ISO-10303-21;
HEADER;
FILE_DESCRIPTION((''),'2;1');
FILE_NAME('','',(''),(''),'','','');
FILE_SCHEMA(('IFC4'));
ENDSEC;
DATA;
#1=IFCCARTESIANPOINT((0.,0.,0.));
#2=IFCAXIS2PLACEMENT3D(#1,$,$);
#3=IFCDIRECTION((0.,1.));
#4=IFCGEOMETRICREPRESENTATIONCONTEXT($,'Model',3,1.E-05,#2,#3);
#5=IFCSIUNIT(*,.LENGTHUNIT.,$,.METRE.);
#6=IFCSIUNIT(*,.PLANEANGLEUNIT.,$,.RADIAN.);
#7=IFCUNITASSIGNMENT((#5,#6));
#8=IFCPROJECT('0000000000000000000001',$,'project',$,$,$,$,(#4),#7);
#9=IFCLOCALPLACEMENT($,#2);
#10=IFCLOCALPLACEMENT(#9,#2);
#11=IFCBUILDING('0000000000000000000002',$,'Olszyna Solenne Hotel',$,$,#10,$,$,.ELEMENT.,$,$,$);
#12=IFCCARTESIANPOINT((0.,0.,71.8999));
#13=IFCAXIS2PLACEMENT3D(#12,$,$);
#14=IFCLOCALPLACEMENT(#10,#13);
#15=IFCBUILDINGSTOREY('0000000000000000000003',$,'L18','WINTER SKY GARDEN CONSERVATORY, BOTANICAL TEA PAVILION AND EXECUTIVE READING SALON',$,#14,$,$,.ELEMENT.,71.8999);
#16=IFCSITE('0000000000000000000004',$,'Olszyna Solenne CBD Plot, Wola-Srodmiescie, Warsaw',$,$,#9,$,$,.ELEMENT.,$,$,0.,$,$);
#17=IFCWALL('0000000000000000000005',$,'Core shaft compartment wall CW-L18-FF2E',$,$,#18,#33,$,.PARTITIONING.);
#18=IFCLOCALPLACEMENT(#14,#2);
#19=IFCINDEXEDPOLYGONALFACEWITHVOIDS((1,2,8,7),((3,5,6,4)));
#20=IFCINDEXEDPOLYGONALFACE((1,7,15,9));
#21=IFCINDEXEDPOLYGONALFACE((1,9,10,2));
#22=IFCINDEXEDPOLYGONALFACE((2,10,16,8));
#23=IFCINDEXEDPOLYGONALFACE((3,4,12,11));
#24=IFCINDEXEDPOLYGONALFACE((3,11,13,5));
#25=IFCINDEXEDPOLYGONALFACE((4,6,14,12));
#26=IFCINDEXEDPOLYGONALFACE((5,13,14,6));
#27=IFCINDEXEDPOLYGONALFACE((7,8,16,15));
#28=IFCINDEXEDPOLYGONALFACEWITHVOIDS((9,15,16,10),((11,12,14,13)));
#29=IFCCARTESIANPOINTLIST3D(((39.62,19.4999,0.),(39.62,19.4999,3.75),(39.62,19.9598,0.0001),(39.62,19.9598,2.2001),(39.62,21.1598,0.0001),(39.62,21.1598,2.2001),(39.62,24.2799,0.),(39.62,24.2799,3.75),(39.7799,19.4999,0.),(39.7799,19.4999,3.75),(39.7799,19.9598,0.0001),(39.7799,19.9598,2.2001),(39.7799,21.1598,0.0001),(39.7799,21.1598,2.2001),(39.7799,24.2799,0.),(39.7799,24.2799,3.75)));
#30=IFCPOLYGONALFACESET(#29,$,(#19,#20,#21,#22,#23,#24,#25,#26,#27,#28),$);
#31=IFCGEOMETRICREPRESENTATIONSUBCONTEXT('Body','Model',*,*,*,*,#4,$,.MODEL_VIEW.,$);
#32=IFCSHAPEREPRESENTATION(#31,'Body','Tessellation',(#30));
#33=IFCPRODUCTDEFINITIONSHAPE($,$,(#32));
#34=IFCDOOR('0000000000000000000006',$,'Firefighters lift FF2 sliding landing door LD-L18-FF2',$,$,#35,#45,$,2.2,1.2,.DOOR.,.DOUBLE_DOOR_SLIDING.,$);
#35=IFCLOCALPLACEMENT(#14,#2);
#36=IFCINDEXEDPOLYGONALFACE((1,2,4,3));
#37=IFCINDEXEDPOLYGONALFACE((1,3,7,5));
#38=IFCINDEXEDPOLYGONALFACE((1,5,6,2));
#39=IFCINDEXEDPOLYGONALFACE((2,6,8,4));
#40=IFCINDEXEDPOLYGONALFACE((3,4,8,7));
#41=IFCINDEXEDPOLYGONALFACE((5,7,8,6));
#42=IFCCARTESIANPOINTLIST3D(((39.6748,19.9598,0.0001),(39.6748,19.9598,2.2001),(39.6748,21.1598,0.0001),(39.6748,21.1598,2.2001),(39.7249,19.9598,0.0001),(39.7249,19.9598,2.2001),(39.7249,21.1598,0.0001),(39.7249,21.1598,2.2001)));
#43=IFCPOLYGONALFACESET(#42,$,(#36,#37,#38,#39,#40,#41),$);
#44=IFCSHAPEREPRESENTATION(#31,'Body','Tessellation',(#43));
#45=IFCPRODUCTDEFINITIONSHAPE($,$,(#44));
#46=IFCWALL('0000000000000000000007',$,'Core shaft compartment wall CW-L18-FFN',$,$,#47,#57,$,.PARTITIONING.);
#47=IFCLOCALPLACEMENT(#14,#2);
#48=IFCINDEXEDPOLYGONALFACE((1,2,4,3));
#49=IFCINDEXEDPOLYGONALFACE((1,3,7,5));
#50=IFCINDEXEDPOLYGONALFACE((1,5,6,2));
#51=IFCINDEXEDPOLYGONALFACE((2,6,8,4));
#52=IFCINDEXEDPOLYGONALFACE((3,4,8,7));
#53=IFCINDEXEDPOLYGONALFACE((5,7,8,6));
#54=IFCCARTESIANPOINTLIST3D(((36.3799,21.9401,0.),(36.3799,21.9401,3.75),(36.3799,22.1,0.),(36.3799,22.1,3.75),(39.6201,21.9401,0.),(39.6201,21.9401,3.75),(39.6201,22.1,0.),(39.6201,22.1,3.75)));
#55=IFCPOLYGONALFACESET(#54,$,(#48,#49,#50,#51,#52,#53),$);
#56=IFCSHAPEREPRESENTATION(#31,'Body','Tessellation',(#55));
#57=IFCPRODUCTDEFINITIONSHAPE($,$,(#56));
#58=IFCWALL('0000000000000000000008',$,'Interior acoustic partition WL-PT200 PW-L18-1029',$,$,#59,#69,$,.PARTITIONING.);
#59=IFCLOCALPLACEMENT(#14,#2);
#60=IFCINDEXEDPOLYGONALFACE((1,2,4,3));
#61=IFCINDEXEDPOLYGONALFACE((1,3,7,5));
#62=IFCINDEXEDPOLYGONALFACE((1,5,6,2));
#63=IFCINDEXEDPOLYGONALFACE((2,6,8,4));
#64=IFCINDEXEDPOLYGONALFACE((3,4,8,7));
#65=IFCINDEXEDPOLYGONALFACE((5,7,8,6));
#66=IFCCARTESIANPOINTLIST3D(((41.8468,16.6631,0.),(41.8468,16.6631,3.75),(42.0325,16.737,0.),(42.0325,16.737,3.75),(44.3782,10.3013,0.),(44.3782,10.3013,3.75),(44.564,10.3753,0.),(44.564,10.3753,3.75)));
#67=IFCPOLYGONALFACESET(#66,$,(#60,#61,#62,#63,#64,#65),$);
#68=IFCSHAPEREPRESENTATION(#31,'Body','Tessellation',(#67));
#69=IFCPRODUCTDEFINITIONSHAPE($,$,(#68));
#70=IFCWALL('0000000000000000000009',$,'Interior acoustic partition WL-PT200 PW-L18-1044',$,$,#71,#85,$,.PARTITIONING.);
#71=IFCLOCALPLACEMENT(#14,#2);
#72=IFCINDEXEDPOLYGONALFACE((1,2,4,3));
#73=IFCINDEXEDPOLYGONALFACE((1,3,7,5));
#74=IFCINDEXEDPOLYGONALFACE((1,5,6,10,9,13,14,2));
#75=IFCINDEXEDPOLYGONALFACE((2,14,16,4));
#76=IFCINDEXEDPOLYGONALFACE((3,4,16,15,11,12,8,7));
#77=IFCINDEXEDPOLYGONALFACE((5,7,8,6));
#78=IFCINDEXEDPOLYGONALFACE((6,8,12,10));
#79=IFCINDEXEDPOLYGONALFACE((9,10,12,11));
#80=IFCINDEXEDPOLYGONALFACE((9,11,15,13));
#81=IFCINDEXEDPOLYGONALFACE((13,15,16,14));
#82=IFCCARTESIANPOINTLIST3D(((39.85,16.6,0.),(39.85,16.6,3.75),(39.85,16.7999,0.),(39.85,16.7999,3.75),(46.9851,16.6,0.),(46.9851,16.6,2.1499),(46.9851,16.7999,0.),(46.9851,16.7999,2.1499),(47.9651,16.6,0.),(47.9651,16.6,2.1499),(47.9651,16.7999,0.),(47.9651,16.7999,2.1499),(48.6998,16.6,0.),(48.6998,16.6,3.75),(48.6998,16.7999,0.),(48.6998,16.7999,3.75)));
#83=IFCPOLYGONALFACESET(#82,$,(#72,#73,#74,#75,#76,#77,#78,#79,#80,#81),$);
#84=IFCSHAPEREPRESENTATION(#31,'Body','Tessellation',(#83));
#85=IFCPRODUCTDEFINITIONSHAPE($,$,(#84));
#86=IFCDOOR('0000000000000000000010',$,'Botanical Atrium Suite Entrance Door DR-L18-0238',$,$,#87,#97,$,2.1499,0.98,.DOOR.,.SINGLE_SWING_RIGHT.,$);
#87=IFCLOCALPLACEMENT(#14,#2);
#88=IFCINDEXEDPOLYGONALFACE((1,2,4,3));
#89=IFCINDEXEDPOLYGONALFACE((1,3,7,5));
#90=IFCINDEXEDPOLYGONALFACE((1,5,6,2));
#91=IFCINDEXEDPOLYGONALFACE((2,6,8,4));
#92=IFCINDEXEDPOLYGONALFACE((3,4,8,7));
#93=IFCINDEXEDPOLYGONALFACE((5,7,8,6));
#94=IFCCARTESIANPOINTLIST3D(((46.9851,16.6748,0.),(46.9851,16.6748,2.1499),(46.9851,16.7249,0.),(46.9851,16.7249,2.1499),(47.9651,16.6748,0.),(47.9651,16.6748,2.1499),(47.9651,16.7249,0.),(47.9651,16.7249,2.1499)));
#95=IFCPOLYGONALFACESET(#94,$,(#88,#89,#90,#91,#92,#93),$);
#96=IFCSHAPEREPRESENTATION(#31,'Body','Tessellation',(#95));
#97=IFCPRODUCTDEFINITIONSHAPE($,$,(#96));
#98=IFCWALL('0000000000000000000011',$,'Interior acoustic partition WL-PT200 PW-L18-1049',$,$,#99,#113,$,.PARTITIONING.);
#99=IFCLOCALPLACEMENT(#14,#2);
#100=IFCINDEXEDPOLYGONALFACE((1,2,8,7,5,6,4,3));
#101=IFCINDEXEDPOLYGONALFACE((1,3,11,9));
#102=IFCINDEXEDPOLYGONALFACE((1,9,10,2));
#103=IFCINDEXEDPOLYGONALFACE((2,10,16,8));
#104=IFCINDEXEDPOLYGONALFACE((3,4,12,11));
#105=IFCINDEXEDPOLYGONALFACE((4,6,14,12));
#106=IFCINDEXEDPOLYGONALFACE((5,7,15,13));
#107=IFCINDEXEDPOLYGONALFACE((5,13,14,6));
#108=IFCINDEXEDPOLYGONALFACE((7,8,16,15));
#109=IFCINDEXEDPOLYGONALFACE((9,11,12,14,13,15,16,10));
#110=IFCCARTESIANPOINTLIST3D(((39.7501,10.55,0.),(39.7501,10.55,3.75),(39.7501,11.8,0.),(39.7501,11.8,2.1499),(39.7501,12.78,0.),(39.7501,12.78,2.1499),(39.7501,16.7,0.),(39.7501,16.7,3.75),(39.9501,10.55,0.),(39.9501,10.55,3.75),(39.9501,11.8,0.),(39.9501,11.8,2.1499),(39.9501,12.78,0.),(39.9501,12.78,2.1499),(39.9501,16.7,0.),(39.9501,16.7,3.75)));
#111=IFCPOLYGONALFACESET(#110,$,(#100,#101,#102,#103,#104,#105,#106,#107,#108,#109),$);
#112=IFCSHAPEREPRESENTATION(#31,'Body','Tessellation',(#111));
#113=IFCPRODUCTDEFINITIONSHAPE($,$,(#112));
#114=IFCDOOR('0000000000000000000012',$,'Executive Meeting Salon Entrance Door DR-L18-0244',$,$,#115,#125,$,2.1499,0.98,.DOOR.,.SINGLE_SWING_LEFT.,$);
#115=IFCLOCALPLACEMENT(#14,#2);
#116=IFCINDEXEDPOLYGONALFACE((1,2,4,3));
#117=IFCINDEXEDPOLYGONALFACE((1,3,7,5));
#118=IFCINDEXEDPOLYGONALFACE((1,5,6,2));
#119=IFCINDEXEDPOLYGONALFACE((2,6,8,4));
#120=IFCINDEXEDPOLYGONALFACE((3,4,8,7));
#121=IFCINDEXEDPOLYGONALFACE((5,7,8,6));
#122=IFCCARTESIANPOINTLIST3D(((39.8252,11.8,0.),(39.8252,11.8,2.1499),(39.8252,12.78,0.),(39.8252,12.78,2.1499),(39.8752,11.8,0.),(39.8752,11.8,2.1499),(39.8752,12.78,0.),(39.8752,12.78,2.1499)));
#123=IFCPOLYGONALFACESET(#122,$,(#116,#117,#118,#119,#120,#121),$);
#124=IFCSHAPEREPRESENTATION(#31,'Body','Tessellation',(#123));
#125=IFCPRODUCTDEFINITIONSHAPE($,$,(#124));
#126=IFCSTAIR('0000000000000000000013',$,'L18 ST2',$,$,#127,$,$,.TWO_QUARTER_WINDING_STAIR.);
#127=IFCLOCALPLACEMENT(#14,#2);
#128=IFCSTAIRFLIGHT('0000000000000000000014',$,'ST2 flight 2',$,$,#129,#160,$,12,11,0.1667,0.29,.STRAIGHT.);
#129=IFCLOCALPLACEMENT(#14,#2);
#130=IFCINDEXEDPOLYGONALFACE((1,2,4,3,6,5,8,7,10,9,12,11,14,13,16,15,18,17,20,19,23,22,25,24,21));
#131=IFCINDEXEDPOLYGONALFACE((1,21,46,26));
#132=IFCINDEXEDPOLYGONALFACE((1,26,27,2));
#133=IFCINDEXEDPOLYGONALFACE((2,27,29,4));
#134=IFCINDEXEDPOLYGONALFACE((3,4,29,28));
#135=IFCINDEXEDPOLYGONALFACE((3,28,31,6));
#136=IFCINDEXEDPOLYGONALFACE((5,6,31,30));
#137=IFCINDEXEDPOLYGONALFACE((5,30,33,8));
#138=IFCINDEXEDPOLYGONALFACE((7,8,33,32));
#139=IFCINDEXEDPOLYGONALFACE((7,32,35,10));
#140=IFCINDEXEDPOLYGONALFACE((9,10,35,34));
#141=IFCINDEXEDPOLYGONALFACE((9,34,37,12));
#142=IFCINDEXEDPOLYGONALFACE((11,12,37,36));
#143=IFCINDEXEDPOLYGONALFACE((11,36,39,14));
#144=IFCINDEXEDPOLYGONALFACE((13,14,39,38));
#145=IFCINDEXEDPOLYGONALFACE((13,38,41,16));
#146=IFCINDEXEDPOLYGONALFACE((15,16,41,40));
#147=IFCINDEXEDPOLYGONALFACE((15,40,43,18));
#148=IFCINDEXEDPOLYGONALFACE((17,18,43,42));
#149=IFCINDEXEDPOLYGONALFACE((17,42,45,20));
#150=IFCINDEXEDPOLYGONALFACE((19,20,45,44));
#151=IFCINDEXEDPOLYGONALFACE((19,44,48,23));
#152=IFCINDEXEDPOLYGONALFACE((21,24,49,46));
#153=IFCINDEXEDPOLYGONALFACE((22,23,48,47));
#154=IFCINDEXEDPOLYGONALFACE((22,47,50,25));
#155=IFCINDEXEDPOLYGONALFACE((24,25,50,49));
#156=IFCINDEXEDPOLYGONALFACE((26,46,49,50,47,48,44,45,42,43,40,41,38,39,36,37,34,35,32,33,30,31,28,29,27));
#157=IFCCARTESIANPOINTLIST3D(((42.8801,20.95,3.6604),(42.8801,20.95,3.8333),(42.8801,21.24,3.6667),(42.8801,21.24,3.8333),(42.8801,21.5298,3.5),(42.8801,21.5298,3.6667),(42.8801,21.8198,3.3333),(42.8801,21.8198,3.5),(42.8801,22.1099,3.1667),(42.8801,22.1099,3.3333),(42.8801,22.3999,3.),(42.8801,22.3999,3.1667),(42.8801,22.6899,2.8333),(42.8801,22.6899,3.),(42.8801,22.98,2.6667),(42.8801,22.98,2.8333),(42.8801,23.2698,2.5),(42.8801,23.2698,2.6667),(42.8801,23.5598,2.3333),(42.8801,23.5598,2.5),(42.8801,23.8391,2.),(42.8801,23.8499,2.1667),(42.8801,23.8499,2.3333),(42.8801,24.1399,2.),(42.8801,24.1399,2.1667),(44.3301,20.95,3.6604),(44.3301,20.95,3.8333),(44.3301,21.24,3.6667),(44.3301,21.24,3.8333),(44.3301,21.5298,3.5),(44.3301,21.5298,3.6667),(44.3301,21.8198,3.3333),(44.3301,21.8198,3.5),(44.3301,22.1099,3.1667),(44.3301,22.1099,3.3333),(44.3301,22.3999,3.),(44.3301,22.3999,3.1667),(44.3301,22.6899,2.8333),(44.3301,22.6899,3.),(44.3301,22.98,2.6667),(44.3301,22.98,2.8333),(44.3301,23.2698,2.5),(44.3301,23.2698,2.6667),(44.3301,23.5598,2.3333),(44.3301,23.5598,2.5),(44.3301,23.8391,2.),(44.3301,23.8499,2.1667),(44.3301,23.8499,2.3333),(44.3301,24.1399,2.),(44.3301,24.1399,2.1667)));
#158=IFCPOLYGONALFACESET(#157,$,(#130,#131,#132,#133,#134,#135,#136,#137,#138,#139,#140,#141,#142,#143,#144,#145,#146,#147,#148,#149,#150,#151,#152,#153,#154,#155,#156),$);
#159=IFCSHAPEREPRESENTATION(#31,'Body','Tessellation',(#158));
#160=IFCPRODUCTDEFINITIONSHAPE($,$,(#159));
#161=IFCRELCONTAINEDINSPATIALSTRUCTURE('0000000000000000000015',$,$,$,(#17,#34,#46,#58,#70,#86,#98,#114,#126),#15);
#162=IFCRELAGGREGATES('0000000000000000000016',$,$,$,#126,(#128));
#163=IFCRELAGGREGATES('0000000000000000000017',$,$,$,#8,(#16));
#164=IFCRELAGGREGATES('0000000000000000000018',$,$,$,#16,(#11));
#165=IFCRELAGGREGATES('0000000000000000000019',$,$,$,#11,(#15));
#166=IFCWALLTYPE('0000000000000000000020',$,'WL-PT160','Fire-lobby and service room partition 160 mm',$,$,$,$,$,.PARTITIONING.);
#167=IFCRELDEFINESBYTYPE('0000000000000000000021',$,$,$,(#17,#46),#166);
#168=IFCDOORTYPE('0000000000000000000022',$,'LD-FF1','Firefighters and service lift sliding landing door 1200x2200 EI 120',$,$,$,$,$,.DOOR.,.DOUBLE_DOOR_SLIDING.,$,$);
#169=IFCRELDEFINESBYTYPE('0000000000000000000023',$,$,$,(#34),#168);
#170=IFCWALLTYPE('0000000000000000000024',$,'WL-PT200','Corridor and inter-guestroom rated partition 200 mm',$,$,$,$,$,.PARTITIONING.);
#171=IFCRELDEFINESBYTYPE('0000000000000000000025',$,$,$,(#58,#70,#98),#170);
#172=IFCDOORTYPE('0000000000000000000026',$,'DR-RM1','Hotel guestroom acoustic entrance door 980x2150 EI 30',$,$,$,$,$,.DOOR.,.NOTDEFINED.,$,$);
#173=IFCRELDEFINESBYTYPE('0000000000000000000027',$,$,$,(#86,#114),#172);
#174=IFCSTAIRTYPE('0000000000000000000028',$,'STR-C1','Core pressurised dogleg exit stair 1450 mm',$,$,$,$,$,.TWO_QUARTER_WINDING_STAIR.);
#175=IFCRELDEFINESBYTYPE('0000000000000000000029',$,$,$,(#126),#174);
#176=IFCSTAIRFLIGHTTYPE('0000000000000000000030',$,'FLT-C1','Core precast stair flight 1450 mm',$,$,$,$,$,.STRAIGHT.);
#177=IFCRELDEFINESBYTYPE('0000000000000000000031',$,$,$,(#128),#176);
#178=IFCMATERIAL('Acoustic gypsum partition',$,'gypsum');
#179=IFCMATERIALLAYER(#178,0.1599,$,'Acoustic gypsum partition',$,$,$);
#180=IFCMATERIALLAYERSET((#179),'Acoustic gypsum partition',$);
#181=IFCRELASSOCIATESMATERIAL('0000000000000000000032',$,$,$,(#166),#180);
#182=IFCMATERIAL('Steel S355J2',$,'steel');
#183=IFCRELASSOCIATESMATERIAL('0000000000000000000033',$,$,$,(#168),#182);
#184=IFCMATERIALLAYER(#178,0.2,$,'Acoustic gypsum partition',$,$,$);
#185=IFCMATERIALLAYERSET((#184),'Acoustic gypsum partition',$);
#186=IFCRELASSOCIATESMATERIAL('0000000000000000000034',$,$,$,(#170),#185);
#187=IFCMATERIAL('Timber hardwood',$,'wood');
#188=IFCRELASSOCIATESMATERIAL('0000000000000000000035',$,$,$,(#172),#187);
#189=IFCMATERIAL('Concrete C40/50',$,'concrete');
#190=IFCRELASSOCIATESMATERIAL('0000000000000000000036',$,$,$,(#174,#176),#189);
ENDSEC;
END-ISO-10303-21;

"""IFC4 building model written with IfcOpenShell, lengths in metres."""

from ifc_helpers import new_model, si_unit, direction, frame, frame_2d, origin, place, context, subcontext, project, spatial, polyline, rectangle, outline, extrude, source, transform, mapped, material, layer, layer_set, type_object, type_shapes, element, fill, aggregate, save


model = new_model("IFC4")

# Units and contexts
model_context = context("Model", 3, precision=1e-05, world=origin(), true_north=direction((0.0, 1.0)))
body_context = subcontext(model_context, "Body", "Model", "MODEL_VIEW")
ifc_project = project(units=[si_unit("LENGTHUNIT", "METRE"), si_unit("PLANEANGLEUNIT", "RADIAN")], contexts=[model_context])

# Site, building, storey
site_placement = place(None, origin())
site = spatial("IfcSite", under=ifc_project, at=site_placement, Name="Olszyna Solenne CBD Plot, Wola-Srodmiescie, Warsaw", CompositionType="ELEMENT", RefElevation=0.0)
building_placement = place(site_placement, origin())
building = spatial("IfcBuilding", under=site, at=building_placement, Name="Olszyna Solenne Hotel", CompositionType="ELEMENT")
storey_placement = place(building_placement, frame((0.0, 0.0, 71.8999)))
storey = spatial("IfcBuildingStorey", under=building, at=storey_placement, Name="L18", Description="WINTER SKY GARDEN CONSERVATORY, BOTANICAL TEA PAVILION AND EXECUTIVE READING SALON", CompositionType="ELEMENT", Elevation=71.8999)

# Shared definitions
ifc_material_1 = material(Name="Steel S355J2", Category="steel")

# Shared definitions
ifc_material_2 = material(Name="Acoustic gypsum partition", Category="gypsum")

# Shared definitions
ifc_material_3 = material(Name="Timber hardwood", Category="wood")

# Shared definitions
ifc_layer_1 = layer(ifc_material_2, 0.1599, Name="Acoustic gypsum partition")
ifc_layer_set_1 = layer_set([ifc_layer_1], Name="Acoustic gypsum partition")
wall_type_1 = type_object("IfcWallType", Name="WL-PT160", Description="Fire-lobby and service room partition 160 mm", PredefinedType="PARTITIONING", material=ifc_layer_set_1)
door_type_1 = type_object("IfcDoorType", Name="LD-FF1", Description="Firefighters and service lift sliding landing door 1200x2200 EI 120", OperationType="DOUBLE_DOOR_SLIDING", PredefinedType="DOOR", material=ifc_material_1)
shared_shape_1 = source(origin(), body_context, "Body", "SweptSolid", [
    extrude(rectangle(XDim=1.2, YDim=2.2, at=frame_2d((0.6001, 1.1001))), frame((0.0, 0.0249, 0.0), z_axis=(0.0, -1.0, 0.0), x_axis=(1.0, 0.0, 0.0)), (0.0, 0.0, 1.0), 0.05),
])
type_shapes(door_type_1, [shared_shape_1])

# Wall, opening, door
wall_1_placement = place(storey_placement, frame((39.7, 24.28, 0.0), z_axis=(0.0, 0.0, 1.0), x_axis=(0.0, -1.0, 0.0)))
wall_1 = element("IfcWall", 1, at=wall_1_placement, inside=storey, type_object=wall_type_1, Name="Core shaft compartment wall CW-L18-FF2E", PredefinedType="PARTITIONING", context=body_context, shape_type="SweptSolid", body=[
    extrude(rectangle(XDim=4.78, YDim=0.1599, at=frame_2d((2.3901, 0.0))), origin(), (0.0, 0.0, 1.0), 3.75),
])
opening_1_placement = place(wall_1_placement, frame((3.1201, 0.0, 0.0)))
opening_1 = element("IfcOpeningElement", 2, at=opening_1_placement, cuts=wall_1, PredefinedType="OPENING", context=body_context, shape_type="SweptSolid", body=[
    extrude(rectangle(XDim=1.2, YDim=2.2, at=frame_2d((0.6001, 1.1001))), frame((0.0, 0.0898, 0.0), z_axis=(0.0, -1.0, 0.0), x_axis=(1.0, 0.0, 0.0)), (0.0, 0.0, 1.0), 0.1799),
])
door_1_placement = place(opening_1_placement, origin())
door_1 = element("IfcDoor", 3, at=door_1_placement, inside=storey, type_object=door_type_1, Name="Firefighters lift FF2 sliding landing door LD-L18-FF2", OperationType="DOUBLE_DOOR_SLIDING", OverallHeight=2.2, OverallWidth=1.2, PredefinedType="DOOR", context=body_context, shape_type="MappedRepresentation", body=[
    mapped(shared_shape_1, transform((0.0, 0.0, 0.0), x_axis=(1.0, 0.0, 0.0), y_axis=(0.0, 1.0, 0.0), z_axis=(0.0, 0.0, 1.0), scale=1.0)),
])
fill(opening_1, door_1)

# Walls
wall_2_placement = place(storey_placement, frame((36.3799, 22.02, 0.0), z_axis=(0.0, 0.0, 1.0), x_axis=(1.0, 0.0, 0.0)))
element("IfcWall", 4, at=wall_2_placement, inside=storey, type_object=wall_type_1, Name="Core shaft compartment wall CW-L18-FFN", PredefinedType="PARTITIONING", context=body_context, shape_type="SweptSolid", body=[
    extrude(rectangle(XDim=3.2402, YDim=0.1599, at=frame_2d((1.6201, 0.0))), origin(), (0.0, 0.0, 1.0), 3.75),
])
ifc_layer_2 = layer(ifc_material_2, 0.2, Name="Acoustic gypsum partition")
ifc_layer_set_2 = layer_set([ifc_layer_2], Name="Acoustic gypsum partition")
wall_type_2 = type_object("IfcWallType", Name="WL-PT200", Description="Corridor and inter-guestroom rated partition 200 mm", PredefinedType="PARTITIONING", material=ifc_layer_set_2)
wall_3_placement = place(storey_placement, frame((41.9397, 16.7, 0.0), z_axis=(0.0, 0.0, 1.0), x_axis=(0.369724, -0.929142, 0.0)))
element("IfcWall", 5, at=wall_3_placement, inside=storey, type_object=wall_type_2, Name="Interior acoustic partition WL-PT200 PW-L18-1029", PredefinedType="PARTITIONING", context=body_context, shape_type="SweptSolid", body=[
    extrude(rectangle(XDim=6.8469, YDim=0.2, at=frame_2d((3.4233, 0.0))), origin(), (0.0, 0.0, 1.0), 3.75),
])

# Walls, openings, doors
wall_4_placement = place(storey_placement, frame((39.8501, 16.7, 0.0), z_axis=(0.0, 0.0, 1.0), x_axis=(1.0, 0.0, 0.0)))
wall_4 = element("IfcWall", 6, at=wall_4_placement, inside=storey, type_object=wall_type_2, Name="Interior acoustic partition WL-PT200 PW-L18-1044", PredefinedType="PARTITIONING", context=body_context, shape_type="SweptSolid", body=[
    extrude(rectangle(XDim=8.8499, YDim=0.2, at=frame_2d((4.4248, 0.0))), origin(), (0.0, 0.0, 1.0), 3.75),
])
opening_2_placement = place(wall_4_placement, frame((7.135, 0.0, 0.0)))
opening_2 = element("IfcOpeningElement", 7, at=opening_2_placement, cuts=wall_4, PredefinedType="OPENING", context=body_context, shape_type="SweptSolid", body=[
    extrude(rectangle(XDim=0.98, YDim=2.1499, at=frame_2d((0.49, 1.075))), frame((0.0, 0.1099, 0.0), z_axis=(0.0, -1.0, 0.0), x_axis=(1.0, 0.0, 0.0)), (0.0, 0.0, 1.0), 0.22),
])
door_type_2 = type_object("IfcDoorType", Name="DR-RM1", Description="Hotel guestroom acoustic entrance door 980x2150 EI 30", OperationType="NOTDEFINED", PredefinedType="DOOR", material=ifc_material_3)
shared_shape_2 = source(origin(), body_context, "Body", "SweptSolid", [
    extrude(rectangle(XDim=0.98, YDim=2.1499, at=frame_2d((0.49, 1.075))), frame((0.0, 0.0249, 0.0), z_axis=(0.0, -1.0, 0.0), x_axis=(1.0, 0.0, 0.0)), (0.0, 0.0, 1.0), 0.05),
])
type_shapes(door_type_2, [shared_shape_2])
door_2_placement = place(opening_2_placement, origin())
door_2 = element("IfcDoor", 8, at=door_2_placement, inside=storey, type_object=door_type_2, Name="Botanical Atrium Suite Entrance Door DR-L18-0238", OperationType="SINGLE_SWING_RIGHT", OverallHeight=2.1499, OverallWidth=0.98, PredefinedType="DOOR", context=body_context, shape_type="MappedRepresentation", body=[
    mapped(shared_shape_2, transform((0.0, 0.0, 0.0), x_axis=(1.0, 0.0, 0.0), y_axis=(0.0, 1.0, 0.0), z_axis=(0.0, 0.0, 1.0), scale=1.0)),
])
fill(opening_2, door_2)
wall_5_placement = place(storey_placement, frame((39.8501, 10.55, 0.0), z_axis=(0.0, 0.0, 1.0), x_axis=(0.0, 1.0, 0.0)))
wall_5 = element("IfcWall", 9, at=wall_5_placement, inside=storey, type_object=wall_type_2, Name="Interior acoustic partition WL-PT200 PW-L18-1049", PredefinedType="PARTITIONING", context=body_context, shape_type="SweptSolid", body=[
    extrude(rectangle(XDim=6.1499, YDim=0.2, at=frame_2d((3.075, 0.0))), origin(), (0.0, 0.0, 1.0), 3.75),
])
opening_3_placement = place(wall_5_placement, frame((1.25, 0.0, 0.0)))
opening_3 = element("IfcOpeningElement", 10, at=opening_3_placement, cuts=wall_5, PredefinedType="OPENING", context=body_context, shape_type="SweptSolid", body=[
    extrude(rectangle(XDim=0.98, YDim=2.1499, at=frame_2d((0.49, 1.075))), frame((0.0, 0.1099, 0.0), z_axis=(0.0, -1.0, 0.0), x_axis=(1.0, 0.0, 0.0)), (0.0, 0.0, 1.0), 0.22),
])
door_3_placement = place(opening_3_placement, origin())
door_3 = element("IfcDoor", 11, at=door_3_placement, inside=storey, type_object=door_type_2, Name="Executive Meeting Salon Entrance Door DR-L18-0244", OperationType="SINGLE_SWING_LEFT", OverallHeight=2.1499, OverallWidth=0.98, PredefinedType="DOOR", context=body_context, shape_type="MappedRepresentation", body=[
    mapped(shared_shape_2, transform((0.0, 0.0, 0.0), x_axis=(1.0, 0.0, 0.0), y_axis=(0.0, 1.0, 0.0), z_axis=(0.0, 0.0, 1.0), scale=1.0)),
])
fill(opening_3, door_3)

# Stair, stair flight
ifc_material_4 = material(Name="Concrete C40/50", Category="concrete")
stair_type = type_object("IfcStairType", Name="STR-C1", Description="Core pressurised dogleg exit stair 1450 mm", PredefinedType="TWO_QUARTER_WINDING_STAIR", material=ifc_material_4)
stair_placement = place(storey_placement, origin())
stair = element("IfcStair", 12, at=stair_placement, inside=storey, type_object=stair_type, Name="L18 ST2", PredefinedType="TWO_QUARTER_WINDING_STAIR")
stair_flight_type = type_object("IfcStairFlightType", Name="FLT-C1", Description="Core precast stair flight 1450 mm", PredefinedType="STRAIGHT", material=ifc_material_4)
stair_flight_placement = place(storey_placement, frame((43.605, 24.1399, 2.0), z_axis=(0.0, 0.0, 1.0), x_axis=(0.0, -1.0, 0.0)))
stair_flight = element("IfcStairFlight", 13, at=stair_flight_placement, type_object=stair_flight_type, Name="ST2 flight 2", NumberOfRisers=12, NumberOfTreads=11, PredefinedType="STRAIGHT", RiserHeight=0.1667, TreadLength=0.29, context=body_context, shape_type="SweptSolid", body=[
    extrude(outline(polyline([(0.0, 0.0), (0.0, 0.1667), (0.29, 0.1667), (0.29, 0.3333), (0.5801, 0.3333), (0.5801, 0.5), (0.8701, 0.5), (0.8701, 0.6667), (1.1599, 0.6667), (1.1599, 0.8333), (1.45, 0.8333), (1.45, 1.0), (1.74, 1.0), (1.74, 1.1667), (2.03, 1.1667), (2.03, 1.3333), (2.3201, 1.3333), (2.3201, 1.5), (2.6101, 1.5), (2.6101, 1.6667), (2.8999, 1.6667), (2.8999, 1.8333), (3.1899, 1.8333), (3.1899, 2.0), (3.1899, 1.6604), (0.3008, 0.0), (0.0, 0.0)])), frame((0.0, 0.7251, 0.0), z_axis=(0.0, -1.0, 0.0), x_axis=(1.0, 0.0, 0.0)), (0.0, 0.0, 1.0), 1.45),
])
aggregate(stair, [stair_flight])

save(model, "model.ifc")
